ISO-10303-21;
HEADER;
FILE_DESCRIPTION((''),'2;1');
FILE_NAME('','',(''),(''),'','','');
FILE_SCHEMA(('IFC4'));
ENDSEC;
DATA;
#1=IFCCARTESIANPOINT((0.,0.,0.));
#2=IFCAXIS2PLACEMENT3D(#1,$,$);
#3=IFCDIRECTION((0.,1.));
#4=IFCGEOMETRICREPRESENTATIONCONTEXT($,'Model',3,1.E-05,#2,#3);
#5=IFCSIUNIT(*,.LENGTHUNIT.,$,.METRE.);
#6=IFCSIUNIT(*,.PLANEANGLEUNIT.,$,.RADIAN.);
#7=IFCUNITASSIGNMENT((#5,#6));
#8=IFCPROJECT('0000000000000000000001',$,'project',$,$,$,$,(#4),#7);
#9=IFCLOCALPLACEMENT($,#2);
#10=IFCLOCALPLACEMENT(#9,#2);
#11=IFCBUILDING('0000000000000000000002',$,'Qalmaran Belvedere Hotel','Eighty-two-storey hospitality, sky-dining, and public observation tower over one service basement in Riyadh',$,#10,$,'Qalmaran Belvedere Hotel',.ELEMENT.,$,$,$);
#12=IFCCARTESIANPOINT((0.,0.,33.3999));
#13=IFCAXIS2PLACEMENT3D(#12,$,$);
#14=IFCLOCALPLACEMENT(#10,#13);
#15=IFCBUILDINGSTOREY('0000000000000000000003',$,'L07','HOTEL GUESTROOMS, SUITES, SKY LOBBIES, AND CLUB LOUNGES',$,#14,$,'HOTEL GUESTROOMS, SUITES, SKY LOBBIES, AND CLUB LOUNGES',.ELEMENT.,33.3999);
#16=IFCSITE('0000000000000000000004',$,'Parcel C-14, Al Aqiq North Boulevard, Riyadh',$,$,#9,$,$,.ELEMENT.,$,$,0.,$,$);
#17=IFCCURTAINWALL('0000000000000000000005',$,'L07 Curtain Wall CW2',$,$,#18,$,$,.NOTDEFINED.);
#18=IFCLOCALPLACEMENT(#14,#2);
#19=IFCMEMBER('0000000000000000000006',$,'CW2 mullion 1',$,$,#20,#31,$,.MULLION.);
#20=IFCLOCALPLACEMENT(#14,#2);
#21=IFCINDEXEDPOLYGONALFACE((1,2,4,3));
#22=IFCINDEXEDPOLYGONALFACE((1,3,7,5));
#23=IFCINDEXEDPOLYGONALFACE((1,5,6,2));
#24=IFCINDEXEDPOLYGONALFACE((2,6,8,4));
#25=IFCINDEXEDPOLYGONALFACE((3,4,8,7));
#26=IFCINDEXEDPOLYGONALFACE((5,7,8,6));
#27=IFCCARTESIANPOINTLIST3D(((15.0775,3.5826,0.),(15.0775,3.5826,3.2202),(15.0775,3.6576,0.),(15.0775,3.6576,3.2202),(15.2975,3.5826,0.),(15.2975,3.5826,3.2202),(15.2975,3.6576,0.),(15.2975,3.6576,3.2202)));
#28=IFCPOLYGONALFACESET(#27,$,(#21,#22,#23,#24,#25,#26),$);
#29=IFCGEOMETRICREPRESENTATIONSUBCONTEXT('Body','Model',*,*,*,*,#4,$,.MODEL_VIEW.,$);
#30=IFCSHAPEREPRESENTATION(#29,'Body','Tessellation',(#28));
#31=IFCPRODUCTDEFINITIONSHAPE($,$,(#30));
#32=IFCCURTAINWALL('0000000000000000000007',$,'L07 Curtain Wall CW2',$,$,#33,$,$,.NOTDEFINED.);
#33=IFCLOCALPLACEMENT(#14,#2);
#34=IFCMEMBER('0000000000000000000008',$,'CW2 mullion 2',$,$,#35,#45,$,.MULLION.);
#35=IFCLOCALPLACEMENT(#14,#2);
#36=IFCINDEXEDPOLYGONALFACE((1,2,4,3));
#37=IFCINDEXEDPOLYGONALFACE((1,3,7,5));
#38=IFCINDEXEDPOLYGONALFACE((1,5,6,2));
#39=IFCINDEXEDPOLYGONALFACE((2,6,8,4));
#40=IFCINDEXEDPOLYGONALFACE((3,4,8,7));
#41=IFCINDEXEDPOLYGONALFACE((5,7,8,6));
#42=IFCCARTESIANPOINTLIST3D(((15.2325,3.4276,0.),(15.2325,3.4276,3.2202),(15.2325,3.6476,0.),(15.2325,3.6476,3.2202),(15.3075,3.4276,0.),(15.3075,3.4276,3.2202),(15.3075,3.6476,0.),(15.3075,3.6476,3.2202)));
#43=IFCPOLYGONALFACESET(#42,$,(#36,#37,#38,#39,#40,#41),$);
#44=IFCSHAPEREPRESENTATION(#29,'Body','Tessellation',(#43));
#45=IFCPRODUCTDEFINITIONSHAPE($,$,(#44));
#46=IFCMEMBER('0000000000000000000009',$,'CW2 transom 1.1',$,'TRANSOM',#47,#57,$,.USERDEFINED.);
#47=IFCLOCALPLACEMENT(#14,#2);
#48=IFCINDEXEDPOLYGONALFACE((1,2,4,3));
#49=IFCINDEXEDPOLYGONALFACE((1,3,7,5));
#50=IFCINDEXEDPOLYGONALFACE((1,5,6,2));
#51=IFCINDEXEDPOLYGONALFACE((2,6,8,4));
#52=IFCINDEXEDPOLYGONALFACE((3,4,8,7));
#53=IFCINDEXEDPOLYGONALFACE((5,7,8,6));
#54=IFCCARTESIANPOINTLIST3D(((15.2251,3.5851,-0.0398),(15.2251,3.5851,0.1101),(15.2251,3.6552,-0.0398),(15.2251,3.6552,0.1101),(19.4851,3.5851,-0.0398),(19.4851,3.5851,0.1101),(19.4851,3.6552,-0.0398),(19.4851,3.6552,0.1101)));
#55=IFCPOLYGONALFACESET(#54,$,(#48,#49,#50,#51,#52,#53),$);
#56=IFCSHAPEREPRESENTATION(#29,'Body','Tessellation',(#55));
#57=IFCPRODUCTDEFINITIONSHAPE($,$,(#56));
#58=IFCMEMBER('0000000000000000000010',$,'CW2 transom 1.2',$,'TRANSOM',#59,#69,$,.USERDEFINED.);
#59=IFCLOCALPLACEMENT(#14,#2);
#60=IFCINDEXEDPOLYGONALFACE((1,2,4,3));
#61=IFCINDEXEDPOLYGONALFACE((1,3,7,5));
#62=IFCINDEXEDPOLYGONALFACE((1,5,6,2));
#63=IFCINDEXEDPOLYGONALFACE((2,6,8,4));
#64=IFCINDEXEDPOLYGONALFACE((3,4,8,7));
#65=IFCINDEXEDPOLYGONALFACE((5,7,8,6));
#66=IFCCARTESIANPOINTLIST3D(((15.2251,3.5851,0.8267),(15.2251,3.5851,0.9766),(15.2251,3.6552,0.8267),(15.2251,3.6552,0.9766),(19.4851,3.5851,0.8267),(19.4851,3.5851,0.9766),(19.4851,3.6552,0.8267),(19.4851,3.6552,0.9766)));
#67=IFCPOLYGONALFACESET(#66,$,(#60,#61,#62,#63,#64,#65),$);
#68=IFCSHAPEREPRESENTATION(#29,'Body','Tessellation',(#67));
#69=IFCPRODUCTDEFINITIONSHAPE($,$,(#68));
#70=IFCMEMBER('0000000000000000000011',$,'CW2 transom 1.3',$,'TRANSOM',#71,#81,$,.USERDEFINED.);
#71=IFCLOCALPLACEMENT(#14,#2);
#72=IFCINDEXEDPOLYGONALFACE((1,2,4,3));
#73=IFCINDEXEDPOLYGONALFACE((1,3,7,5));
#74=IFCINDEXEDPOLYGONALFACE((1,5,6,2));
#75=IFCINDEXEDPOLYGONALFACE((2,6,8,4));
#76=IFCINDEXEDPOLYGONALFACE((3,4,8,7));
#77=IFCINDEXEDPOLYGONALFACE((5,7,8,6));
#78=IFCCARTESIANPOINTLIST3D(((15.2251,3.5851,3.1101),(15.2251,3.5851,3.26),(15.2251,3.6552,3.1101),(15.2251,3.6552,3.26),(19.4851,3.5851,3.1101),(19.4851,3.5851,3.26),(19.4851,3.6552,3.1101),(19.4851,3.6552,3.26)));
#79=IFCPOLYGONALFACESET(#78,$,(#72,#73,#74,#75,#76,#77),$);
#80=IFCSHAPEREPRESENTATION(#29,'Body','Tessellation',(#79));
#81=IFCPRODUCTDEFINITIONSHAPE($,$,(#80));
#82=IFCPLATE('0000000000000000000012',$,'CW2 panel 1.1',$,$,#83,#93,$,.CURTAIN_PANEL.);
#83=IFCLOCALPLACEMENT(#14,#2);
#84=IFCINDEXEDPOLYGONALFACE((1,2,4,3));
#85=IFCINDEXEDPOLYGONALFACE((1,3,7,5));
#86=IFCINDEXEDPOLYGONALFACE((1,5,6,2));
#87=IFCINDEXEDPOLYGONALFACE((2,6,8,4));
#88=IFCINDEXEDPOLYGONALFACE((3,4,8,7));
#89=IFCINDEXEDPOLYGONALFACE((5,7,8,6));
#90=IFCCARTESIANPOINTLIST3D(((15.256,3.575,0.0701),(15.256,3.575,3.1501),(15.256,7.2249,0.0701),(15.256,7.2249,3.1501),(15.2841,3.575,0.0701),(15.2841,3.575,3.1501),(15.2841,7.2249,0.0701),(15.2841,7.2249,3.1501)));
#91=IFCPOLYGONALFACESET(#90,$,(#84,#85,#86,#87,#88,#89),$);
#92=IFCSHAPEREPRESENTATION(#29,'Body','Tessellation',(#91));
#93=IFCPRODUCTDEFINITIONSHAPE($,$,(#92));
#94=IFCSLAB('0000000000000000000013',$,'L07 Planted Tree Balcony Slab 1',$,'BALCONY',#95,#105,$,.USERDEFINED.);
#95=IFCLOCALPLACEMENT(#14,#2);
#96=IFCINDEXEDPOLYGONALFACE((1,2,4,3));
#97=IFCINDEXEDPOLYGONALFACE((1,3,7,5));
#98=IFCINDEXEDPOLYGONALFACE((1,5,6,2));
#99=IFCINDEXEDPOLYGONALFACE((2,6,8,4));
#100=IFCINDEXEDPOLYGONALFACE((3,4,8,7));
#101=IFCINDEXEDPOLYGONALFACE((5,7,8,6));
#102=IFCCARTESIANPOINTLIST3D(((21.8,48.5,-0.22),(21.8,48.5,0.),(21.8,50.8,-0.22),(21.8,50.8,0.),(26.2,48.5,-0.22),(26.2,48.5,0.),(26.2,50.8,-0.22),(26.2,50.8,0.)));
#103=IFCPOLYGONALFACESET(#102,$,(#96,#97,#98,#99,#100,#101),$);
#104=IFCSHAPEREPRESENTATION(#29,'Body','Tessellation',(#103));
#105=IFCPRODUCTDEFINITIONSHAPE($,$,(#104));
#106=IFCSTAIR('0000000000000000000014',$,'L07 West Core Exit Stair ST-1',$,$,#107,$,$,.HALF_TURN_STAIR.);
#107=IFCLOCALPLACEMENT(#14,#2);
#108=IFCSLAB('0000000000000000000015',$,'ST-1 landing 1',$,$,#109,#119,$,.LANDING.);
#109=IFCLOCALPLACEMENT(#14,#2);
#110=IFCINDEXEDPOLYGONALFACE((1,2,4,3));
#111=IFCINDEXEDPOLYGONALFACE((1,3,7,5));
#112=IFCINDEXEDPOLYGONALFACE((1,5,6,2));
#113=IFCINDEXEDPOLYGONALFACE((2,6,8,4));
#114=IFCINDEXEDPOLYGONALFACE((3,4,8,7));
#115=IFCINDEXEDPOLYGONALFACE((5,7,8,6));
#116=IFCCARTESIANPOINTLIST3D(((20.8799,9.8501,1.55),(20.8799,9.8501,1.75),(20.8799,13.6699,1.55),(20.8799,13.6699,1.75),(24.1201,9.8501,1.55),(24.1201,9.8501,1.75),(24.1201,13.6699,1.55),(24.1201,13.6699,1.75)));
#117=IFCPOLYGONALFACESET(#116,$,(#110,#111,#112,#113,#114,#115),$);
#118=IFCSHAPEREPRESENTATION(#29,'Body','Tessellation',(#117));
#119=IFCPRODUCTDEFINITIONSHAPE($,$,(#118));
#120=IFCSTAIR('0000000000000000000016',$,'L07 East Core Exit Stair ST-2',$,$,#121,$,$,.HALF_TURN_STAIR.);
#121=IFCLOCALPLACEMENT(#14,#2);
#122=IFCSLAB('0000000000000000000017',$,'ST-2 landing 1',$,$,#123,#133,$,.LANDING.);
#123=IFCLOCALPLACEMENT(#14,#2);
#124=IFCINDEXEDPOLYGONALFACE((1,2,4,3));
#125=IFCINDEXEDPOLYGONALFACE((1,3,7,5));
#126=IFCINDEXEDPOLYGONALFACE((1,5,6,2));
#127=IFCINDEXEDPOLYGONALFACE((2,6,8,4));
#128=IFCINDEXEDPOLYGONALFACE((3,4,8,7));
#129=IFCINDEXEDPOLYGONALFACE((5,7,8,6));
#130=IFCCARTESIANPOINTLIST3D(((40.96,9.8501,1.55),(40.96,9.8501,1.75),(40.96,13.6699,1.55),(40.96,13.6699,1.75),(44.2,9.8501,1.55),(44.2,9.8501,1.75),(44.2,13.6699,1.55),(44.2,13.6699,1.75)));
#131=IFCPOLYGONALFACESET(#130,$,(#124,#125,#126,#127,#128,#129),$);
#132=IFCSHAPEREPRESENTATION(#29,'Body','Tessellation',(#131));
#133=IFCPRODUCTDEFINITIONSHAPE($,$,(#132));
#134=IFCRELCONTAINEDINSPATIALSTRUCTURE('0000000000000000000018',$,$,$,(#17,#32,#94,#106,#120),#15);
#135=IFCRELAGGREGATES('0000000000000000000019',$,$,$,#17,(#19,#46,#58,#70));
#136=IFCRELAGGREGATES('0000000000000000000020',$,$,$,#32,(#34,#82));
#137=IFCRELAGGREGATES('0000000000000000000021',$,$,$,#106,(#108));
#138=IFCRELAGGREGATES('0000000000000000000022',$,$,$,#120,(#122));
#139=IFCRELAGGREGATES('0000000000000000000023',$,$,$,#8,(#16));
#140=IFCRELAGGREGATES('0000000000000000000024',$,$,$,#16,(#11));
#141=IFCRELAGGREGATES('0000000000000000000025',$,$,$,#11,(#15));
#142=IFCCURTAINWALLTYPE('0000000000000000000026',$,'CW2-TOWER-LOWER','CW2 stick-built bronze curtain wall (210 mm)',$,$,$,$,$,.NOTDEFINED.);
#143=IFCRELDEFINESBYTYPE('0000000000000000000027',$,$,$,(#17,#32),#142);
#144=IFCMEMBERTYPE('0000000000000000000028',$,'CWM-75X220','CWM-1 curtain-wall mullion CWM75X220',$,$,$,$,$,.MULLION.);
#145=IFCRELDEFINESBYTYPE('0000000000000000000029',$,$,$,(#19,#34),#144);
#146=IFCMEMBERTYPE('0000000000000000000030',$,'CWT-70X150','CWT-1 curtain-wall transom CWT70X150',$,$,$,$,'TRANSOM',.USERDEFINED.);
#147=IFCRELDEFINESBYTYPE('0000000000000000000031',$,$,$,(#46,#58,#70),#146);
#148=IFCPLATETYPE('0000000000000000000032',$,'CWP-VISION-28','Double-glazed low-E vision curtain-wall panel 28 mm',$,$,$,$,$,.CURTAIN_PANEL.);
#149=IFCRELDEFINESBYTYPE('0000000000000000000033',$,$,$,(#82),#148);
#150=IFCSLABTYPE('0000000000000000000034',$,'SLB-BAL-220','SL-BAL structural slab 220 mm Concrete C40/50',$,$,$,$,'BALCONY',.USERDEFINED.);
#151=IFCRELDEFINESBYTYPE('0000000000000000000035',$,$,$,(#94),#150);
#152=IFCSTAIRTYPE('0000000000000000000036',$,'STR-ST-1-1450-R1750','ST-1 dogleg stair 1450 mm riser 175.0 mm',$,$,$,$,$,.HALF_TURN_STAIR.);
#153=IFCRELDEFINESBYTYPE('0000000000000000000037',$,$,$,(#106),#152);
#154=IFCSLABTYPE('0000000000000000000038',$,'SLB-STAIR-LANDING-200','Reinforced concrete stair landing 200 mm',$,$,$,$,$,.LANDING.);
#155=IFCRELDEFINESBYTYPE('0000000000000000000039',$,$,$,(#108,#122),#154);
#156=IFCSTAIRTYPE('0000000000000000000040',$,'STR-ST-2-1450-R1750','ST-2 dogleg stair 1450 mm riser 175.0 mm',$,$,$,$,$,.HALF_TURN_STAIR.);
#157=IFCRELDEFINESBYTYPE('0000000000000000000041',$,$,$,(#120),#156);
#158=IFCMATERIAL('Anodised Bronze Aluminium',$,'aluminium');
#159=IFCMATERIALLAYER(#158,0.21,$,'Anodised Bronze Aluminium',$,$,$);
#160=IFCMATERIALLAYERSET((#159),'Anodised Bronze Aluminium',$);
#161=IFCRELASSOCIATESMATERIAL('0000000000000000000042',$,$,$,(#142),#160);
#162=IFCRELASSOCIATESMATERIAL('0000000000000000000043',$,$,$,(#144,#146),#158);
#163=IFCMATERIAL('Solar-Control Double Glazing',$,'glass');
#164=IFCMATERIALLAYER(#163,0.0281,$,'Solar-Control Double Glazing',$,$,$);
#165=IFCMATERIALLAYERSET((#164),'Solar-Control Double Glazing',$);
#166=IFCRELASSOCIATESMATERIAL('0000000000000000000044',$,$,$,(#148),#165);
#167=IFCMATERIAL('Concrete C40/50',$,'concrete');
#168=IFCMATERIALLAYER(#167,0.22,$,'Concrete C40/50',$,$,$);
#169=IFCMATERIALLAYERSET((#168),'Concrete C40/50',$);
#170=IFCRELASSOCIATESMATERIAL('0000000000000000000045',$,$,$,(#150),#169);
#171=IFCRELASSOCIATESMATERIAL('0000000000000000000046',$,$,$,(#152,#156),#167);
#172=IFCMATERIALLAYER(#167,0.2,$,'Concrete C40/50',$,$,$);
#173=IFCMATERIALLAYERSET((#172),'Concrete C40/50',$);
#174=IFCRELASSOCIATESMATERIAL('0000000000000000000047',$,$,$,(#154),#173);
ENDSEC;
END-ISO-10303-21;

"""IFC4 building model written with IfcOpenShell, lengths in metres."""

from ifc_helpers import new_model, si_unit, direction, frame, origin, origin_2d, place, context, subcontext, project, spatial, polyline, rectangle, outline, extrude, material, layer, layer_set, material_profile, profile_set, type_object, element, aggregate, save


model = new_model("IFC4")

# Units and contexts
model_context = context("Model", 3, precision=1e-05, world=origin(), true_north=direction((0.0, 1.0)))
body_context = subcontext(model_context, "Body", "Model", "MODEL_VIEW")
ifc_project = project(units=[si_unit("LENGTHUNIT", "METRE"), si_unit("PLANEANGLEUNIT", "RADIAN")], contexts=[model_context])

# Site, building, storey
site_placement = place(None, origin())
site = spatial("IfcSite", under=ifc_project, at=site_placement, Name="Parcel C-14, Al Aqiq North Boulevard, Riyadh", CompositionType="ELEMENT", RefElevation=0.0)
building_placement = place(site_placement, origin())
building = spatial("IfcBuilding", under=site, at=building_placement, Name="Qalmaran Belvedere Hotel", Description="Eighty-two-storey hospitality, sky-dining, and public observation tower over one service basement in Riyadh", LongName="Qalmaran Belvedere Hotel", CompositionType="ELEMENT")
storey_placement = place(building_placement, frame((0.0, 0.0, 33.3999)))
storey = spatial("IfcBuildingStorey", under=building, at=storey_placement, Name="L07", Description="HOTEL GUESTROOMS, SUITES, SKY LOBBIES, AND CLUB LOUNGES", LongName="HOTEL GUESTROOMS, SUITES, SKY LOBBIES, AND CLUB LOUNGES", CompositionType="ELEMENT", Elevation=33.3999)

# Curtain walls, members
ifc_material_1 = material(Name="Anodised Bronze Aluminium", Category="aluminium")
ifc_layer_1 = layer(ifc_material_1, 0.21, Name="Anodised Bronze Aluminium")
ifc_layer_set_1 = layer_set([ifc_layer_1], Name="Anodised Bronze Aluminium")
curtain_wall_type = type_object("IfcCurtainWallType", Name="CW2-TOWER-LOWER", Description="CW2 stick-built bronze curtain wall (210 mm)", PredefinedType="NOTDEFINED", material=ifc_layer_set_1)
curtain_wall_1_placement = place(storey_placement, origin())
curtain_wall_1 = element("IfcCurtainWall", 1, at=curtain_wall_1_placement, inside=storey, type_object=curtain_wall_type, Name="L07 Curtain Wall CW2", PredefinedType="NOTDEFINED")
ifc_material_profile_1 = material_profile(ifc_material_1, rectangle(XDim=0.075, YDim=0.22, at=origin_2d()), Name="CWM75X220")
ifc_profile_set_1 = profile_set([ifc_material_profile_1], Name="Anodised Bronze Aluminium")
member_type_1 = type_object("IfcMemberType", Name="CWM-75X220", Description="CWM-1 curtain-wall mullion CWM75X220", PredefinedType="MULLION", material=ifc_profile_set_1)
member_1_placement = place(storey_placement, frame((15.1875, 3.6201, 0.0), z_axis=(0.0, 0.0, 1.0), x_axis=(0.0, 1.0, 0.0)))
member_1 = element("IfcMember", 2, at=member_1_placement, type_object=member_type_1, Name="CW2 mullion 1", PredefinedType="MULLION", context=body_context, shape_type="SweptSolid", body=[
    extrude(rectangle(XDim=0.075, YDim=0.22, at=origin_2d()), origin(), (0.0, 0.0, 1.0), 3.2202),
])
curtain_wall_2_placement = place(storey_placement, origin())
curtain_wall_2 = element("IfcCurtainWall", 3, at=curtain_wall_2_placement, inside=storey, type_object=curtain_wall_type, Name="L07 Curtain Wall CW2", PredefinedType="NOTDEFINED")
member_2_placement = place(storey_placement, frame((15.27, 3.5376, 0.0), z_axis=(0.0, 0.0, 1.0), x_axis=(1.0, 0.0, 0.0)))
member_2 = element("IfcMember", 4, at=member_2_placement, type_object=member_type_1, Name="CW2 mullion 2", PredefinedType="MULLION", context=body_context, shape_type="SweptSolid", body=[
    extrude(rectangle(XDim=0.075, YDim=0.22, at=origin_2d()), origin(), (0.0, 0.0, 1.0), 3.2202),
])

# Members
ifc_material_profile_2 = material_profile(ifc_material_1, rectangle(XDim=0.0701, YDim=0.1499, at=origin_2d()), Name="CWT70X150")
ifc_profile_set_2 = profile_set([ifc_material_profile_2], Name="Anodised Bronze Aluminium")
member_type_2 = type_object("IfcMemberType", Name="CWT-70X150", Description="CWT-1 curtain-wall transom CWT70X150", ElementType="TRANSOM", PredefinedType="USERDEFINED", material=ifc_profile_set_2)
member_3_placement = place(storey_placement, frame((15.2251, 3.6201, 0.0352), z_axis=(1.0, 0.0, 0.0), x_axis=(0.0, 1.0, 0.0)))
member_3 = element("IfcMember", 5, at=member_3_placement, type_object=member_type_2, Name="CW2 transom 1.1", ObjectType="TRANSOM", PredefinedType="USERDEFINED", context=body_context, shape_type="SweptSolid", body=[
    extrude(rectangle(XDim=0.0701, YDim=0.1499, at=origin_2d()), origin(), (0.0, 0.0, 1.0), 4.26),
])
member_4_placement = place(storey_placement, frame((15.2251, 3.6201, 0.9016), z_axis=(1.0, 0.0, 0.0), x_axis=(0.0, 1.0, 0.0)))
member_4 = element("IfcMember", 6, at=member_4_placement, type_object=member_type_2, Name="CW2 transom 1.2", ObjectType="TRANSOM", PredefinedType="USERDEFINED", context=body_context, shape_type="SweptSolid", body=[
    extrude(rectangle(XDim=0.0701, YDim=0.1499, at=origin_2d()), origin(), (0.0, 0.0, 1.0), 4.26),
])
member_5_placement = place(storey_placement, frame((15.2251, 3.6201, 3.1851), z_axis=(1.0, 0.0, 0.0), x_axis=(0.0, 1.0, 0.0)))
member_5 = element("IfcMember", 7, at=member_5_placement, type_object=member_type_2, Name="CW2 transom 1.3", ObjectType="TRANSOM", PredefinedType="USERDEFINED", context=body_context, shape_type="SweptSolid", body=[
    extrude(rectangle(XDim=0.0701, YDim=0.1499, at=origin_2d()), origin(), (0.0, 0.0, 1.0), 4.26),
])
aggregate(curtain_wall_1, [member_1, member_3, member_4, member_5])

# Plate
ifc_material_2 = material(Name="Solar-Control Double Glazing", Category="glass")
ifc_layer_2 = layer(ifc_material_2, 0.0281, Name="Solar-Control Double Glazing")
ifc_layer_set_2 = layer_set([ifc_layer_2], Name="Solar-Control Double Glazing")
plate_type = type_object("IfcPlateType", Name="CWP-VISION-28", Description="Double-glazed low-E vision curtain-wall panel 28 mm", PredefinedType="CURTAIN_PANEL", material=ifc_layer_set_2)
plate_placement = place(storey_placement, frame((15.27, 5.3999, 0.0701), z_axis=(0.0, 0.0, 1.0), x_axis=(0.0, -1.0, 0.0)))
plate = element("IfcPlate", 8, at=plate_placement, type_object=plate_type, Name="CW2 panel 1.1", PredefinedType="CURTAIN_PANEL", context=body_context, shape_type="SweptSolid", body=[
    extrude(rectangle(XDim=3.6499, YDim=0.0281, at=origin_2d()), origin(), (0.0, 0.0, 1.0), 3.0801),
])
aggregate(curtain_wall_2, [member_2, plate])

# Slab
ifc_material_3 = material(Name="Concrete C40/50", Category="concrete")
ifc_layer_3 = layer(ifc_material_3, 0.22, Name="Concrete C40/50")
ifc_layer_set_3 = layer_set([ifc_layer_3], Name="Concrete C40/50")
slab_type_1 = type_object("IfcSlabType", Name="SLB-BAL-220", Description="SL-BAL structural slab 220 mm Concrete C40/50", ElementType="BALCONY", PredefinedType="USERDEFINED", material=ifc_layer_set_3)
slab_1_placement = place(storey_placement, frame((0.0, 0.0, -0.22)))
element("IfcSlab", 9, at=slab_1_placement, inside=storey, type_object=slab_type_1, Name="L07 Planted Tree Balcony Slab 1", ObjectType="BALCONY", PredefinedType="USERDEFINED", context=body_context, shape_type="SweptSolid", body=[
    extrude(outline(polyline([(21.8, 48.5), (26.2, 48.5), (26.2, 50.8), (21.8, 50.8), (21.8, 48.5)])), origin(), (0.0, 0.0, 1.0), 0.22),
])

# Stairs, slabs
stair_type_1 = type_object("IfcStairType", Name="STR-ST-1-1450-R1750", Description="ST-1 dogleg stair 1450 mm riser 175.0 mm", PredefinedType="HALF_TURN_STAIR", material=ifc_material_3)
stair_1_placement = place(storey_placement, origin())
stair_1 = element("IfcStair", 10, at=stair_1_placement, inside=storey, type_object=stair_type_1, Name="L07 West Core Exit Stair ST-1", PredefinedType="HALF_TURN_STAIR")
ifc_layer_4 = layer(ifc_material_3, 0.2, Name="Concrete C40/50")
ifc_layer_set_4 = layer_set([ifc_layer_4], Name="Concrete C40/50")
slab_type_2 = type_object("IfcSlabType", Name="SLB-STAIR-LANDING-200", Description="Reinforced concrete stair landing 200 mm", PredefinedType="LANDING", material=ifc_layer_set_4)
slab_2_placement = place(storey_placement, frame((0.0, 0.0, 1.55)))
slab_2 = element("IfcSlab", 11, at=slab_2_placement, type_object=slab_type_2, Name="ST-1 landing 1", PredefinedType="LANDING", context=body_context, shape_type="SweptSolid", body=[
    extrude(outline(polyline([(20.8799, 13.6699), (20.8799, 9.8501), (24.1201, 9.8501), (24.1201, 13.6699), (20.8799, 13.6699)])), origin(), (0.0, 0.0, 1.0), 0.2),
])
aggregate(stair_1, [slab_2])
stair_type_2 = type_object("IfcStairType", Name="STR-ST-2-1450-R1750", Description="ST-2 dogleg stair 1450 mm riser 175.0 mm", PredefinedType="HALF_TURN_STAIR", material=ifc_material_3)
stair_2_placement = place(storey_placement, origin())
stair_2 = element("IfcStair", 12, at=stair_2_placement, inside=storey, type_object=stair_type_2, Name="L07 East Core Exit Stair ST-2", PredefinedType="HALF_TURN_STAIR")
slab_3_placement = place(storey_placement, frame((0.0, 0.0, 1.55)))
slab_3 = element("IfcSlab", 13, at=slab_3_placement, type_object=slab_type_2, Name="ST-2 landing 1", PredefinedType="LANDING", context=body_context, shape_type="SweptSolid", body=[
    extrude(outline(polyline([(40.96, 13.6699), (40.96, 9.8501), (44.2, 9.8501), (44.2, 13.6699), (40.96, 13.6699)])), origin(), (0.0, 0.0, 1.0), 0.2),
])
aggregate(stair_2, [slab_3])

save(model, "model.ifc")
